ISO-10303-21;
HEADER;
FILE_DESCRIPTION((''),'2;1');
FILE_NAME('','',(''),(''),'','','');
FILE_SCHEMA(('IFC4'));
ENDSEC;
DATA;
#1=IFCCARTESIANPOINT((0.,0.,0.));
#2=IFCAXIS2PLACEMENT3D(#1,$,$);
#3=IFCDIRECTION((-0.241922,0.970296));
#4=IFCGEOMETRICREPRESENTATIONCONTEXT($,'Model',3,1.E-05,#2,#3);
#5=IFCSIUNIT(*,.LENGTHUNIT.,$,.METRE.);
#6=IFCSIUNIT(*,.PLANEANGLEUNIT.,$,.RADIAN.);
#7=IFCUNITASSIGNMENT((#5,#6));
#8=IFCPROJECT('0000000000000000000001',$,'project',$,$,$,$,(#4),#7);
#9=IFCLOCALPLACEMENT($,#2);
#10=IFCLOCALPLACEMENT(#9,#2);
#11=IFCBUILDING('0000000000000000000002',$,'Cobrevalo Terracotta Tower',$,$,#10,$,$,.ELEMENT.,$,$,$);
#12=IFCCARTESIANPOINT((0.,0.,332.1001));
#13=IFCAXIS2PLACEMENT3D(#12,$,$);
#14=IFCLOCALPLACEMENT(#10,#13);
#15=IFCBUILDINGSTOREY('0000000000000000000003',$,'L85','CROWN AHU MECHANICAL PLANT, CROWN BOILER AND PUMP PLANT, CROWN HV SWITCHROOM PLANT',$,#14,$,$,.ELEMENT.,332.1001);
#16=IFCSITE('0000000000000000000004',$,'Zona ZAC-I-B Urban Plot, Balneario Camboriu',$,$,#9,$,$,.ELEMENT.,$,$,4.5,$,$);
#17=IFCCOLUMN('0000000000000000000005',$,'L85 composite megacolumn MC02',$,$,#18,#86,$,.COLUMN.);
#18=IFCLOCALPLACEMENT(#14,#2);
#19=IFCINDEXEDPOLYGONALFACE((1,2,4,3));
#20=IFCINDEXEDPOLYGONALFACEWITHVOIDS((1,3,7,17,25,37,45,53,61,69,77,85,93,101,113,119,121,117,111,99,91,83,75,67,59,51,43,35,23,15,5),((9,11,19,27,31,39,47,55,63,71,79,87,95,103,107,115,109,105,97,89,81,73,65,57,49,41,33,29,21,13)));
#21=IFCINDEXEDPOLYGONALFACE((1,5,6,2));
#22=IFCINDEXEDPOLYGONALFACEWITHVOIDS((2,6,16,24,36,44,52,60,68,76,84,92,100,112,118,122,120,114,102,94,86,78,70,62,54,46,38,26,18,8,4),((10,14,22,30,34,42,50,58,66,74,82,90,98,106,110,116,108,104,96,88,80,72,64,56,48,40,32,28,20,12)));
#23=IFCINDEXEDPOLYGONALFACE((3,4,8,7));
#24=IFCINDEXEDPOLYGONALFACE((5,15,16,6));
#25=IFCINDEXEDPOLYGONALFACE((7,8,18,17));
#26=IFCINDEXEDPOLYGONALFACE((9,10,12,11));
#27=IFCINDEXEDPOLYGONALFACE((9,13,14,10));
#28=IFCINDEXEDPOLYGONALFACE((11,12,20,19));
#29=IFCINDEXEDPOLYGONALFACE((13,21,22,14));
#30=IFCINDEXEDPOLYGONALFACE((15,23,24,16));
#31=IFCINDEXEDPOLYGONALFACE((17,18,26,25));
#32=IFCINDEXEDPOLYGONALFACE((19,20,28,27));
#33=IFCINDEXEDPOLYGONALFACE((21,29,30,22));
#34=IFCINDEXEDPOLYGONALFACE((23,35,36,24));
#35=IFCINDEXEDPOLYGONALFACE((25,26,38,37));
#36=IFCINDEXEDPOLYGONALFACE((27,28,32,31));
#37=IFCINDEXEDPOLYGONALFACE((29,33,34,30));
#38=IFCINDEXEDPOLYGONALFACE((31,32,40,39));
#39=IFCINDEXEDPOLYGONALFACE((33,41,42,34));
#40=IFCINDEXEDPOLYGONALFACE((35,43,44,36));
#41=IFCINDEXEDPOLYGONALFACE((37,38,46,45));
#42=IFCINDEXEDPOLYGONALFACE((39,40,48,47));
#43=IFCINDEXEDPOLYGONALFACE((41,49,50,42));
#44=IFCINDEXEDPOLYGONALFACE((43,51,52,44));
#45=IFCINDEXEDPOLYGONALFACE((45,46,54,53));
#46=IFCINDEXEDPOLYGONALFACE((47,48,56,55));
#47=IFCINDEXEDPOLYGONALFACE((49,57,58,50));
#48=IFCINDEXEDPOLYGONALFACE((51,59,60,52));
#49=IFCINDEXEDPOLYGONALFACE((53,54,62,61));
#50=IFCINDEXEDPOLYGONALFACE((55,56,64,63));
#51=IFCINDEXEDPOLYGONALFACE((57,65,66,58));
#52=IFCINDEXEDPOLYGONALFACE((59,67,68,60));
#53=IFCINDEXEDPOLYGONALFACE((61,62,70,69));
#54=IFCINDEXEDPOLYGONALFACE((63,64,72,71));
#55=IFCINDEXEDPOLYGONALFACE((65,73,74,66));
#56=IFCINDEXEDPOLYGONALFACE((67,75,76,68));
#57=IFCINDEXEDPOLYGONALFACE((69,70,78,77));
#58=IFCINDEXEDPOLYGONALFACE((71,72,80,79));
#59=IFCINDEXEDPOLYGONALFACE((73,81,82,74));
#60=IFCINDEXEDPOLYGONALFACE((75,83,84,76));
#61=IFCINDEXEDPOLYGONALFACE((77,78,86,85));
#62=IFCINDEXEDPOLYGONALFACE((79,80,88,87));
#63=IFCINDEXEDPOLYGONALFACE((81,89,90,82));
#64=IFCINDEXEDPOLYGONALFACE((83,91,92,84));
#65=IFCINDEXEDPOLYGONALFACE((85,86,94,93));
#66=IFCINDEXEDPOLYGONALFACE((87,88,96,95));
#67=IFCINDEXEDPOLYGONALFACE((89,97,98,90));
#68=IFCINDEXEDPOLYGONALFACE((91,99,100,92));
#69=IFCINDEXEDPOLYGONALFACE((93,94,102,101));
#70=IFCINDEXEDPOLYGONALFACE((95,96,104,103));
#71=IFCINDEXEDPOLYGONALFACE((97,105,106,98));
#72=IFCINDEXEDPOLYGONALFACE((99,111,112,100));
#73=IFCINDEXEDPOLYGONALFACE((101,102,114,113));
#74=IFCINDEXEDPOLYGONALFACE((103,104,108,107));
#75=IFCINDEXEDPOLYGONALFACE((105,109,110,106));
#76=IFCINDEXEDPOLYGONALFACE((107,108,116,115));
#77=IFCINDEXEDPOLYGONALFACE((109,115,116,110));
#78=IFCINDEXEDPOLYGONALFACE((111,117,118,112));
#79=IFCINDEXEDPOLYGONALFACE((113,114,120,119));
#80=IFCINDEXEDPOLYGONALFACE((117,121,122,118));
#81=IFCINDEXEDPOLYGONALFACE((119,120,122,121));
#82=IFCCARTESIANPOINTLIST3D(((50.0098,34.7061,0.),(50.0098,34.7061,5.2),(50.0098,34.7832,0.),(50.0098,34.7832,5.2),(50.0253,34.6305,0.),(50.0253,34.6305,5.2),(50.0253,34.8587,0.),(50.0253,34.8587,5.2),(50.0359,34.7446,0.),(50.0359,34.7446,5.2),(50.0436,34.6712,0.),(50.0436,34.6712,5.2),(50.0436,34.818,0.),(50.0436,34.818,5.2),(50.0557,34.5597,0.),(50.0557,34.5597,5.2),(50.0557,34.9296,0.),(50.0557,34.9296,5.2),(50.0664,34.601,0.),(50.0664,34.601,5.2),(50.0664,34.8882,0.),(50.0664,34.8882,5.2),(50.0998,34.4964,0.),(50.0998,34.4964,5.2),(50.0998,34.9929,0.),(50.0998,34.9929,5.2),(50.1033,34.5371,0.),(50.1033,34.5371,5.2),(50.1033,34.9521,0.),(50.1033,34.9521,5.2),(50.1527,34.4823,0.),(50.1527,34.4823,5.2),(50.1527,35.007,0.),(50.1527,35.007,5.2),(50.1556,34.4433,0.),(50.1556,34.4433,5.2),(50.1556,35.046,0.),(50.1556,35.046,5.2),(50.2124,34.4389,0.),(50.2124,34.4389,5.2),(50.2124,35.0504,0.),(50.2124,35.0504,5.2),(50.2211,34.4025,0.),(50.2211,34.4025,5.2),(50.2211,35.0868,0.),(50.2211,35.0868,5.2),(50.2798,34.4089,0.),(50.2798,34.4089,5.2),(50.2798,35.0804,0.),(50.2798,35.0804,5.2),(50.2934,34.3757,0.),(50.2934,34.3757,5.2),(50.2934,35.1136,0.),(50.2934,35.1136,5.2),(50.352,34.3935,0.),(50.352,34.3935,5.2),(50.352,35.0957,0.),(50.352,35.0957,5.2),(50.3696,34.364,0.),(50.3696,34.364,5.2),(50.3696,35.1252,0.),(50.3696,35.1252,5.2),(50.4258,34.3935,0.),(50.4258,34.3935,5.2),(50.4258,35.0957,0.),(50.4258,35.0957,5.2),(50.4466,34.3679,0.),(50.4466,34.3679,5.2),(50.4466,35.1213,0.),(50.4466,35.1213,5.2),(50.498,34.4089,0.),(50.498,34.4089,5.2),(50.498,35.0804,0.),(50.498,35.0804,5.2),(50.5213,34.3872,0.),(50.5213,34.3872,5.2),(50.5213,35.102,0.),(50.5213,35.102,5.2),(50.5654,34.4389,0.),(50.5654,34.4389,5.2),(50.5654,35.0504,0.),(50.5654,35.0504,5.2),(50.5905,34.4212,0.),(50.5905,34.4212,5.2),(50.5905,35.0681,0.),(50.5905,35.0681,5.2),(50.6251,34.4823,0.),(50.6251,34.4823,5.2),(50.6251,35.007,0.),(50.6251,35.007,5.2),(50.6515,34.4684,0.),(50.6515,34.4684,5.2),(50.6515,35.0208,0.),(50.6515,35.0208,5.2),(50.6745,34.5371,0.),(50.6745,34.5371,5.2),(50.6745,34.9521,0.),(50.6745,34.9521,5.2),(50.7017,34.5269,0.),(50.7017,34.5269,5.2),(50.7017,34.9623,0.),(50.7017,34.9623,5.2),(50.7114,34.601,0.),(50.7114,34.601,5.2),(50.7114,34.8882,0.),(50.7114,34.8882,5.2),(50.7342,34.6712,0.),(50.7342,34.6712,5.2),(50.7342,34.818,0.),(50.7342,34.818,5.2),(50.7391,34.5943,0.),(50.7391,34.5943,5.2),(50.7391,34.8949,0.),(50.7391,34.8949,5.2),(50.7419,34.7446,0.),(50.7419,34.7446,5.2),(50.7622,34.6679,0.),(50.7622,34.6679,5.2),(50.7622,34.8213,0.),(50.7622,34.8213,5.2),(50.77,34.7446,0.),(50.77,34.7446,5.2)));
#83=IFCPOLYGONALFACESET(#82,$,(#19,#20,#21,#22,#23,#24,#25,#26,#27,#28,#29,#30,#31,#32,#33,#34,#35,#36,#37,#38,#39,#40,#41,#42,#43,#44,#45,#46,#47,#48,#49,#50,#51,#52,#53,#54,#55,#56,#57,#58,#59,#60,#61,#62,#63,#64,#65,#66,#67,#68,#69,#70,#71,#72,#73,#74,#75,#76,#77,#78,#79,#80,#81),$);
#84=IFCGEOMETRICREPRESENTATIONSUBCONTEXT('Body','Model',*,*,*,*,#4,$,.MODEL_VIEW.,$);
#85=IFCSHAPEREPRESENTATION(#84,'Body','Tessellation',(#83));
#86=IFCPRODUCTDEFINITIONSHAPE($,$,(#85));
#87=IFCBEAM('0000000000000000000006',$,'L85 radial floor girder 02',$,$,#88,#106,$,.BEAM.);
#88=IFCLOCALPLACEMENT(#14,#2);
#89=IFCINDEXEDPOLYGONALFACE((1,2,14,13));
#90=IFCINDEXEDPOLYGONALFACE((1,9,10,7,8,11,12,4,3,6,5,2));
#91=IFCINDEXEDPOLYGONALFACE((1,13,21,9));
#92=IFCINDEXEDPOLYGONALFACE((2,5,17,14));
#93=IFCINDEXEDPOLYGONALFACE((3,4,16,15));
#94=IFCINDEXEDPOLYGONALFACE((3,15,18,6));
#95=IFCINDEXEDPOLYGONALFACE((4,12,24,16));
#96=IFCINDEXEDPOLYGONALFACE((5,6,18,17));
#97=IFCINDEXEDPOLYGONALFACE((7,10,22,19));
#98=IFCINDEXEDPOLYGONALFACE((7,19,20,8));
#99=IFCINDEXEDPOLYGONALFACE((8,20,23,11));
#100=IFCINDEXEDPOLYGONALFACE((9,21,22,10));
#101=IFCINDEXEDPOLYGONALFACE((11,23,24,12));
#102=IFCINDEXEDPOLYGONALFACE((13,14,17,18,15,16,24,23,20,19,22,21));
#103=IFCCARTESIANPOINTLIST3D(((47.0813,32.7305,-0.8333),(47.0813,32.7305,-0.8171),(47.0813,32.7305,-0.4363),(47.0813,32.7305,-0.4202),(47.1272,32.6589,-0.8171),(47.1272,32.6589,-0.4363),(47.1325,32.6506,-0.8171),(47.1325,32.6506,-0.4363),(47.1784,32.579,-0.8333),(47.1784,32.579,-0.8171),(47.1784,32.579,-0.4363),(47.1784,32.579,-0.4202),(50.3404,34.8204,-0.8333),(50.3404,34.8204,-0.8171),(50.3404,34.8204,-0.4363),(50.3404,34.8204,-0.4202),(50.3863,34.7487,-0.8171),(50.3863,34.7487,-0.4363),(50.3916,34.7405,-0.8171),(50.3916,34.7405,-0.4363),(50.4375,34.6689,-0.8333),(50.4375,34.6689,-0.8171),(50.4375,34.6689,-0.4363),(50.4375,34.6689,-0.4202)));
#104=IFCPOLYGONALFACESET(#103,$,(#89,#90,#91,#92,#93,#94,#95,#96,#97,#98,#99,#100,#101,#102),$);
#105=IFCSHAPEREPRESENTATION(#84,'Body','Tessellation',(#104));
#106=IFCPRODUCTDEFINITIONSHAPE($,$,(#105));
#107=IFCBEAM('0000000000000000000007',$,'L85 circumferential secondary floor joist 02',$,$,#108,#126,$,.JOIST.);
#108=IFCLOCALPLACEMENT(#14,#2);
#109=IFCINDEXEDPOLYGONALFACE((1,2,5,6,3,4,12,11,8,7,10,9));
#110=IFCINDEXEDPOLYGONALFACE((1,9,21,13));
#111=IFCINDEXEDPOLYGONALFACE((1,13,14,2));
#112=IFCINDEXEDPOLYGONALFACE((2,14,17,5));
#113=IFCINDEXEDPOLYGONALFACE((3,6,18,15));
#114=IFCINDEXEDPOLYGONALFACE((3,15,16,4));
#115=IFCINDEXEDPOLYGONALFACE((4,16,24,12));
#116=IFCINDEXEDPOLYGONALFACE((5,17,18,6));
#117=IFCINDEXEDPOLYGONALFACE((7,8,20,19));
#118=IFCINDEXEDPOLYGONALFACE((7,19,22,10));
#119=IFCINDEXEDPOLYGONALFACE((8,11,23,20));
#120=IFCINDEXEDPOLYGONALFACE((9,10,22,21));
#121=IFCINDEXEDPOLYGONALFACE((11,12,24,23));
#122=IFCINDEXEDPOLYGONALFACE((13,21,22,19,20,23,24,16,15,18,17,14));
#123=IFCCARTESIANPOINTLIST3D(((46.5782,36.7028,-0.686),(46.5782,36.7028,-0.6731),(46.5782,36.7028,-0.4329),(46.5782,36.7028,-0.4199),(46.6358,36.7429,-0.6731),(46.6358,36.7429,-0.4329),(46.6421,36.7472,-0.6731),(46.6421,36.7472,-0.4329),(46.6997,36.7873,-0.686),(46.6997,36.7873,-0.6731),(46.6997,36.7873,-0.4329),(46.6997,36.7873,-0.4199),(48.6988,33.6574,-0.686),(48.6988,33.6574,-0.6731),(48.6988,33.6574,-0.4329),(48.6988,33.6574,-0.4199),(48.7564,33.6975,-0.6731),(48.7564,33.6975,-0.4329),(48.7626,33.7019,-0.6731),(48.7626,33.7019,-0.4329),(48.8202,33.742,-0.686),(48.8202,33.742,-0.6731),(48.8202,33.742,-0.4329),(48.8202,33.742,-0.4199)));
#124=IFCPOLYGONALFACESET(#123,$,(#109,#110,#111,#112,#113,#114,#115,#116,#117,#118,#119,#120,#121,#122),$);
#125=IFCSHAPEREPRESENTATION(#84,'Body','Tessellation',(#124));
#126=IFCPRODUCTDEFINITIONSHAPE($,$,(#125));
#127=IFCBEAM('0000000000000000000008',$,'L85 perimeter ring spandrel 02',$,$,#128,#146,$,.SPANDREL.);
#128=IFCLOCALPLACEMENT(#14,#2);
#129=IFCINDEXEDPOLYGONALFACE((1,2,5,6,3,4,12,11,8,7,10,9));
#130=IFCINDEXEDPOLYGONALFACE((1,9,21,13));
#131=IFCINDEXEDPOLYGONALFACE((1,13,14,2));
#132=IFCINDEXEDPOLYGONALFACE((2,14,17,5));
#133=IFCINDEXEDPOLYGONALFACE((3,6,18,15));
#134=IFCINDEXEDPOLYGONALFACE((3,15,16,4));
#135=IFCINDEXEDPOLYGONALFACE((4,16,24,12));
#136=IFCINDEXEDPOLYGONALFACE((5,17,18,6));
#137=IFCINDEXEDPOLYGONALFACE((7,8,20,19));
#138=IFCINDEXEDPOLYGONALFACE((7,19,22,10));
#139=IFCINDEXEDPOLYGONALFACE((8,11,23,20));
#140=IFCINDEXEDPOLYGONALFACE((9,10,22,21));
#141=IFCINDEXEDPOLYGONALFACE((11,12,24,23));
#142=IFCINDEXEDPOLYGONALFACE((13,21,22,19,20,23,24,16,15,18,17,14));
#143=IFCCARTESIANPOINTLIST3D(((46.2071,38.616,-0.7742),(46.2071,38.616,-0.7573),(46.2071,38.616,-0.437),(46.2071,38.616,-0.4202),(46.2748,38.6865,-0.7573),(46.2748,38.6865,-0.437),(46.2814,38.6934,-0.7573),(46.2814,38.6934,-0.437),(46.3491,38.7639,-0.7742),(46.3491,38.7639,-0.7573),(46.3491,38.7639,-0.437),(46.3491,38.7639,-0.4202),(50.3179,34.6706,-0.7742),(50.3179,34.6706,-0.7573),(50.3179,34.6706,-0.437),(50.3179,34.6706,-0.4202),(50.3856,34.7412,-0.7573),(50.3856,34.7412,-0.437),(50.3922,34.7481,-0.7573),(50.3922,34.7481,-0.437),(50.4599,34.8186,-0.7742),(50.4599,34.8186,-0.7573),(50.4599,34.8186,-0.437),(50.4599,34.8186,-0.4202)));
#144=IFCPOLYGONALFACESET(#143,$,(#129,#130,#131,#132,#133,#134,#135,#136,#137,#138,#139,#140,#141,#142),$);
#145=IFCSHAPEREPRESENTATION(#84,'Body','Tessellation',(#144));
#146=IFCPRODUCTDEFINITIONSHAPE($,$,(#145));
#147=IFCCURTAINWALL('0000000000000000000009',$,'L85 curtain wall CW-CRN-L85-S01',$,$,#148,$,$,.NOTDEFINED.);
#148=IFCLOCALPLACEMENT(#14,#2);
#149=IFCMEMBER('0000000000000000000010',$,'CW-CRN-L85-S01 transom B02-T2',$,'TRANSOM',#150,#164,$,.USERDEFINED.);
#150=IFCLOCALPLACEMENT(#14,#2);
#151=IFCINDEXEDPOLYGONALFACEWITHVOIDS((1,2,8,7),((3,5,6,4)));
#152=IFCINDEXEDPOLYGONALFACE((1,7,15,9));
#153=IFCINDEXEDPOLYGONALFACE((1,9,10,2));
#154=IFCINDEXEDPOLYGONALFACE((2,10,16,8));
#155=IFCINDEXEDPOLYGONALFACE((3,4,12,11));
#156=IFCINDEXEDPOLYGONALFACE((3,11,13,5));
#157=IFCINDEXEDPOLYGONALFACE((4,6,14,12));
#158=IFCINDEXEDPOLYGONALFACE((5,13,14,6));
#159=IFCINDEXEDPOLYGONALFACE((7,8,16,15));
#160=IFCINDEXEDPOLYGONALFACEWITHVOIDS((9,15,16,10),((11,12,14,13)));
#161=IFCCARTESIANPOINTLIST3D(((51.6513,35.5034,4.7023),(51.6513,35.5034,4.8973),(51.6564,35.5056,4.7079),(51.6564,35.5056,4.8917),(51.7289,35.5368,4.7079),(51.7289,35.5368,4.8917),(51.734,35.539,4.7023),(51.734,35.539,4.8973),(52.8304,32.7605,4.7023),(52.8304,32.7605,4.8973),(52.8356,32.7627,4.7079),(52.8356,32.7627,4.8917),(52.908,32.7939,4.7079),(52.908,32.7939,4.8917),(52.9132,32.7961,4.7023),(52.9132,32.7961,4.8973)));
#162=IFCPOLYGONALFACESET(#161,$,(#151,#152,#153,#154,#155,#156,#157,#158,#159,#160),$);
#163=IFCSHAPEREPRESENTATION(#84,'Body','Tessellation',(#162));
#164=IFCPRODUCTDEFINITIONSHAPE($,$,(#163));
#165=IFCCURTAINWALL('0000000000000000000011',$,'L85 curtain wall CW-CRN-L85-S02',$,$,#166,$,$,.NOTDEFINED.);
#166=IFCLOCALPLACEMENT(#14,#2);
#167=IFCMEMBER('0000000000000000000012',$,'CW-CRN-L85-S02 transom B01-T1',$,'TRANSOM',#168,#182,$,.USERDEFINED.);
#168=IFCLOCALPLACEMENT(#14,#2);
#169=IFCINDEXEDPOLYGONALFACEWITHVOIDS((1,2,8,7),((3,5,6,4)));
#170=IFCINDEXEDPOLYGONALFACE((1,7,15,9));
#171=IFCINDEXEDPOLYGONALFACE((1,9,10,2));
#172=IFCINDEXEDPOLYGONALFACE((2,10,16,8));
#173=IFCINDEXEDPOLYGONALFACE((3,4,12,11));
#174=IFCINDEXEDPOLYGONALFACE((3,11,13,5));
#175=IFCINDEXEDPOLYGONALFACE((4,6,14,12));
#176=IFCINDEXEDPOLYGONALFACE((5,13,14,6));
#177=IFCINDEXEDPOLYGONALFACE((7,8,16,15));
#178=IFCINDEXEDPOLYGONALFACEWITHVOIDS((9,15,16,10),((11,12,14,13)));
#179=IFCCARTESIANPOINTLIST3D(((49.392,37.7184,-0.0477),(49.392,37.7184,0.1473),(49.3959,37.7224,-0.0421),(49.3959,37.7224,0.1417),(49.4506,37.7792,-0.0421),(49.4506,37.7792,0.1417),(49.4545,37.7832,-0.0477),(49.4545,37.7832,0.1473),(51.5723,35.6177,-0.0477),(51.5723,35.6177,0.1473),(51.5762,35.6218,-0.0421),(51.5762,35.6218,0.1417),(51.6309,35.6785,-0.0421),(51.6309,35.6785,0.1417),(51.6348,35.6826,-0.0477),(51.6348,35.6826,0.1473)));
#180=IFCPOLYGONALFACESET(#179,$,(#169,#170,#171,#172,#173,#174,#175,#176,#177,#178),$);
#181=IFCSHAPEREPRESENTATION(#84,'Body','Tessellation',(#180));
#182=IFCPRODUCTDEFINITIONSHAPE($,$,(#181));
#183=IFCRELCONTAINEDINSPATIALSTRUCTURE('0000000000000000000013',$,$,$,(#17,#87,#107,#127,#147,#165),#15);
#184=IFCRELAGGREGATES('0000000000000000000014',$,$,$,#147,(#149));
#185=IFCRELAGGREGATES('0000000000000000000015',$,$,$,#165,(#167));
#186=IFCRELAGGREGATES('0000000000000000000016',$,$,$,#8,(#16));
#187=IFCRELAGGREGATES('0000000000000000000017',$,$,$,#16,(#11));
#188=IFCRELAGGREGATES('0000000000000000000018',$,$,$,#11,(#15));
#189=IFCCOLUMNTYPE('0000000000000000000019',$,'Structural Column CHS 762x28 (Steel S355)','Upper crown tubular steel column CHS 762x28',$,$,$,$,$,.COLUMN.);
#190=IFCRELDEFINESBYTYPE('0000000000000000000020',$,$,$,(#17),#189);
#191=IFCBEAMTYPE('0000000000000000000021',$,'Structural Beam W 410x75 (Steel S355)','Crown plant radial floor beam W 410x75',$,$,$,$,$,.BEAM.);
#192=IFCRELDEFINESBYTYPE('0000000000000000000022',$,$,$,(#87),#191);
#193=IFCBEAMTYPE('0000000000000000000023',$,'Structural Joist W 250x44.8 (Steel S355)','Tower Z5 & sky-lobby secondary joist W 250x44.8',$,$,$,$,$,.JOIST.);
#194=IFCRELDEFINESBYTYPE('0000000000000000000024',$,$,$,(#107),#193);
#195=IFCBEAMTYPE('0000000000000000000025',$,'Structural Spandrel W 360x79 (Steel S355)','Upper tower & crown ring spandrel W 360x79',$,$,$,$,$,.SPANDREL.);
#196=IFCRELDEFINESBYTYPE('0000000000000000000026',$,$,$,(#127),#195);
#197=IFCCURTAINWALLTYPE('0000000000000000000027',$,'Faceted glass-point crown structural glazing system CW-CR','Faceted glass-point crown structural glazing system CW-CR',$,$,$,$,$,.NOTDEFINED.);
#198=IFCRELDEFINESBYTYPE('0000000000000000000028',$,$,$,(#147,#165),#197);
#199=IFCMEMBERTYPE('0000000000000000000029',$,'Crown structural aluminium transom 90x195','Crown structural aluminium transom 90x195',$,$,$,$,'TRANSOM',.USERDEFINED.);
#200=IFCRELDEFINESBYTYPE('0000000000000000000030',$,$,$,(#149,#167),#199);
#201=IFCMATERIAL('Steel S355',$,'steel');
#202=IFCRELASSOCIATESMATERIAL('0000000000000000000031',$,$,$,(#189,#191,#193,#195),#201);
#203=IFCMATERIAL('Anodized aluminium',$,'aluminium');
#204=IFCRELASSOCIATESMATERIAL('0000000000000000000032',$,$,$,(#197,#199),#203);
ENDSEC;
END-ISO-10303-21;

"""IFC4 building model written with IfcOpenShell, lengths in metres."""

from ifc_helpers import new_model, si_unit, direction, frame, origin, origin_2d, place, context, subcontext, project, spatial, hollow_rectangle, hollow_circle, i_section, extrude, source, transform, mapped, material, material_profile, profile_set, type_object, element, aggregate, save


model = new_model("IFC4")

# Units and contexts
model_context = context("Model", 3, precision=1e-05, world=origin(), true_north=direction((-0.241922, 0.970296)))
body_context = subcontext(model_context, "Body", "Model", "MODEL_VIEW")
ifc_project = project(units=[si_unit("LENGTHUNIT", "METRE"), si_unit("PLANEANGLEUNIT", "RADIAN")], contexts=[model_context])

# Site, building, storey
site_placement = place(None, origin())
site = spatial("IfcSite", under=ifc_project, at=site_placement, Name="Zona ZAC-I-B Urban Plot, Balneario Camboriu", CompositionType="ELEMENT", RefElevation=4.5)
building_placement = place(site_placement, origin())
building = spatial("IfcBuilding", under=site, at=building_placement, Name="Cobrevalo Terracotta Tower", CompositionType="ELEMENT")
storey_placement = place(building_placement, frame((0.0, 0.0, 332.1001)))
storey = spatial("IfcBuildingStorey", under=building, at=storey_placement, Name="L85", Description="CROWN AHU MECHANICAL PLANT, CROWN BOILER AND PUMP PLANT, CROWN HV SWITCHROOM PLANT", CompositionType="ELEMENT", Elevation=332.1001)

# Column
ifc_material_1 = material(Name="Steel S355", Category="steel")
ifc_material_profile_1 = material_profile(ifc_material_1, hollow_circle(Radius=0.3811, WallThickness=0.0281, at=origin_2d()), Name="CHS 762x28")
ifc_profile_set_1 = profile_set([ifc_material_profile_1], Name="Steel S355")
column_type = type_object("IfcColumnType", Name="Structural Column CHS 762x28 (Steel S355)", Description="Upper crown tubular steel column CHS 762x28", PredefinedType="COLUMN", material=ifc_profile_set_1)
column_placement = place(storey_placement, frame((50.3889, 34.7446, 0.0), z_axis=(0.0, 0.0, 1.0), x_axis=(1.0, 0.0, 0.0)))
element("IfcColumn", 1, at=column_placement, inside=storey, type_object=column_type, Name="L85 composite megacolumn MC02", PredefinedType="COLUMN", context=body_context, shape_type="SweptSolid", body=[
    extrude(hollow_circle(Radius=0.3811, WallThickness=0.0281, at=origin_2d()), origin(), (0.0, 0.0, 1.0), 5.2),
])

# Beams
ifc_material_profile_2 = material_profile(ifc_material_1, i_section(OverallWidth=0.1799, OverallDepth=0.4131, WebThickness=0.0098, FlangeThickness=0.0161, at=origin_2d()), Name="W 410x75")
ifc_profile_set_2 = profile_set([ifc_material_profile_2], Name="Steel S355")
beam_type_1 = type_object("IfcBeamType", Name="Structural Beam W 410x75 (Steel S355)", Description="Crown plant radial floor beam W 410x75", PredefinedType="BEAM", material=ifc_profile_set_2)
beam_1_placement = place(storey_placement, frame((50.3889, 34.7446, -0.6267), z_axis=(-0.841795, -0.539798, 0.0), x_axis=(0.539798, -0.841795, 0.0)))
element("IfcBeam", 2, at=beam_1_placement, inside=storey, type_object=beam_type_1, Name="L85 radial floor girder 02", PredefinedType="BEAM", context=body_context, shape_type="SweptSolid", body=[
    extrude(i_section(OverallWidth=0.1799, OverallDepth=0.4131, WebThickness=0.0098, FlangeThickness=0.0161, at=origin_2d()), origin(), (0.0, 0.0, 1.0), 3.8716),
])
ifc_material_profile_3 = material_profile(ifc_material_1, i_section(OverallWidth=0.1479, OverallDepth=0.2661, WebThickness=0.0076, FlangeThickness=0.0129, at=origin_2d()), Name="W 250x44.8")
ifc_profile_set_3 = profile_set([ifc_material_profile_3], Name="Steel S355")
beam_type_2 = type_object("IfcBeamType", Name="Structural Joist W 250x44.8 (Steel S355)", Description="Tower Z5 & sky-lobby secondary joist W 250x44.8", PredefinedType="JOIST", material=ifc_profile_set_3)
beam_2_placement = place(storey_placement, frame((48.7595, 33.6997, -0.553), z_axis=(-0.571438, 0.820645, 0.0), x_axis=(-0.820645, -0.571438, 0.0)))
element("IfcBeam", 3, at=beam_2_placement, inside=storey, type_object=beam_type_2, Name="L85 circumferential secondary floor joist 02", PredefinedType="JOIST", context=body_context, shape_type="SweptSolid", body=[
    extrude(i_section(OverallWidth=0.1479, OverallDepth=0.2661, WebThickness=0.0076, FlangeThickness=0.0129, at=origin_2d()), origin(), (0.0, 0.0, 1.0), 3.7109),
])
ifc_material_profile_4 = material_profile(ifc_material_1, i_section(OverallWidth=0.2051, OverallDepth=0.354, WebThickness=0.0095, FlangeThickness=0.0168, at=origin_2d()), Name="W 360x79")
ifc_profile_set_4 = profile_set([ifc_material_profile_4], Name="Steel S355")
beam_type_3 = type_object("IfcBeamType", Name="Structural Spandrel W 360x79 (Steel S355)", Description="Upper tower & crown ring spandrel W 360x79", PredefinedType="SPANDREL", material=ifc_profile_set_4)
beam_3_placement = place(storey_placement, frame((50.3889, 34.7446, -0.5972), z_axis=(-0.721483, 0.692432, 0.0), x_axis=(-0.692432, -0.721483, 0.0)))
element("IfcBeam", 4, at=beam_3_placement, inside=storey, type_object=beam_type_3, Name="L85 perimeter ring spandrel 02", PredefinedType="SPANDREL", context=body_context, shape_type="SweptSolid", body=[
    extrude(i_section(OverallWidth=0.2051, OverallDepth=0.354, WebThickness=0.0095, FlangeThickness=0.0168, at=origin_2d()), origin(), (0.0, 0.0, 1.0), 5.6978),
])

# Curtain wall, member
ifc_material_2 = material(Name="Anodized aluminium", Category="aluminium")
curtain_wall_type = type_object("IfcCurtainWallType", Name="Faceted glass-point crown structural glazing system CW-CR", Description="Faceted glass-point crown structural glazing system CW-CR", PredefinedType="NOTDEFINED", material=ifc_material_2)
curtain_wall_1_placement = place(storey_placement, origin())
curtain_wall_1 = element("IfcCurtainWall", 5, at=curtain_wall_1_placement, inside=storey, type_object=curtain_wall_type, Name="L85 curtain wall CW-CRN-L85-S01", PredefinedType="NOTDEFINED")
ifc_material_profile_5 = material_profile(ifc_material_2, hollow_rectangle(XDim=0.0901, YDim=0.1951, WallThickness=0.0056, at=origin_2d()), Name="CWT 90x195")
ifc_profile_set_5 = profile_set([ifc_material_profile_5], Name="Anodized aluminium")
member_type_1 = type_object("IfcMemberType", Name="Crown structural aluminium transom 90x195", Description="Crown structural aluminium transom 90x195", ElementType="TRANSOM", PredefinedType="USERDEFINED", material=ifc_profile_set_5)
shared_shape_1 = source(origin(), body_context, "Body", "SweptSolid", [
    extrude(hollow_rectangle(XDim=0.0901, YDim=0.1951, WallThickness=0.0056, at=origin_2d()), origin(), (0.0, 0.0, 1.0), 2.9856),
])
member_1_placement = place(storey_placement, frame((52.8718, 32.7783, 4.7998), z_axis=(-0.394955, 0.9187, 0.0), x_axis=(-0.9187, -0.394955, 0.0)))
member_1 = element("IfcMember", 6, at=member_1_placement, type_object=member_type_1, Name="CW-CRN-L85-S01 transom B02-T2", ObjectType="TRANSOM", PredefinedType="USERDEFINED", context=body_context, shape_type="MappedRepresentation", body=[
    mapped(shared_shape_1, transform((0.0, 0.0, 0.0), scale=1.0)),
])

# Curtain wall, member
curtain_wall_2_placement = place(storey_placement, origin())
curtain_wall_2 = element("IfcCurtainWall", 7, at=curtain_wall_2_placement, inside=storey, type_object=curtain_wall_type, Name="L85 curtain wall CW-CRN-L85-S02", PredefinedType="NOTDEFINED")
shared_shape_2 = source(origin(), body_context, "Body", "SweptSolid", [
    extrude(hollow_rectangle(XDim=0.0901, YDim=0.1951, WallThickness=0.0056, at=origin_2d()), origin(), (0.0, 0.0, 1.0), 3.0276),
])
member_2_placement = place(storey_placement, frame((51.6035, 35.6501, 0.0498), z_axis=(-0.720129, 0.69384, 0.0), x_axis=(-0.69384, -0.720129, 0.0)))
member_2 = element("IfcMember", 8, at=member_2_placement, type_object=member_type_1, Name="CW-CRN-L85-S02 transom B01-T1", ObjectType="TRANSOM", PredefinedType="USERDEFINED", context=body_context, shape_type="MappedRepresentation", body=[
    mapped(shared_shape_2, transform((0.0, 0.0, 0.0), scale=1.0)),
])

aggregate(curtain_wall_1, [member_1])
aggregate(curtain_wall_2, [member_2])

save(model, "model.ifc")
